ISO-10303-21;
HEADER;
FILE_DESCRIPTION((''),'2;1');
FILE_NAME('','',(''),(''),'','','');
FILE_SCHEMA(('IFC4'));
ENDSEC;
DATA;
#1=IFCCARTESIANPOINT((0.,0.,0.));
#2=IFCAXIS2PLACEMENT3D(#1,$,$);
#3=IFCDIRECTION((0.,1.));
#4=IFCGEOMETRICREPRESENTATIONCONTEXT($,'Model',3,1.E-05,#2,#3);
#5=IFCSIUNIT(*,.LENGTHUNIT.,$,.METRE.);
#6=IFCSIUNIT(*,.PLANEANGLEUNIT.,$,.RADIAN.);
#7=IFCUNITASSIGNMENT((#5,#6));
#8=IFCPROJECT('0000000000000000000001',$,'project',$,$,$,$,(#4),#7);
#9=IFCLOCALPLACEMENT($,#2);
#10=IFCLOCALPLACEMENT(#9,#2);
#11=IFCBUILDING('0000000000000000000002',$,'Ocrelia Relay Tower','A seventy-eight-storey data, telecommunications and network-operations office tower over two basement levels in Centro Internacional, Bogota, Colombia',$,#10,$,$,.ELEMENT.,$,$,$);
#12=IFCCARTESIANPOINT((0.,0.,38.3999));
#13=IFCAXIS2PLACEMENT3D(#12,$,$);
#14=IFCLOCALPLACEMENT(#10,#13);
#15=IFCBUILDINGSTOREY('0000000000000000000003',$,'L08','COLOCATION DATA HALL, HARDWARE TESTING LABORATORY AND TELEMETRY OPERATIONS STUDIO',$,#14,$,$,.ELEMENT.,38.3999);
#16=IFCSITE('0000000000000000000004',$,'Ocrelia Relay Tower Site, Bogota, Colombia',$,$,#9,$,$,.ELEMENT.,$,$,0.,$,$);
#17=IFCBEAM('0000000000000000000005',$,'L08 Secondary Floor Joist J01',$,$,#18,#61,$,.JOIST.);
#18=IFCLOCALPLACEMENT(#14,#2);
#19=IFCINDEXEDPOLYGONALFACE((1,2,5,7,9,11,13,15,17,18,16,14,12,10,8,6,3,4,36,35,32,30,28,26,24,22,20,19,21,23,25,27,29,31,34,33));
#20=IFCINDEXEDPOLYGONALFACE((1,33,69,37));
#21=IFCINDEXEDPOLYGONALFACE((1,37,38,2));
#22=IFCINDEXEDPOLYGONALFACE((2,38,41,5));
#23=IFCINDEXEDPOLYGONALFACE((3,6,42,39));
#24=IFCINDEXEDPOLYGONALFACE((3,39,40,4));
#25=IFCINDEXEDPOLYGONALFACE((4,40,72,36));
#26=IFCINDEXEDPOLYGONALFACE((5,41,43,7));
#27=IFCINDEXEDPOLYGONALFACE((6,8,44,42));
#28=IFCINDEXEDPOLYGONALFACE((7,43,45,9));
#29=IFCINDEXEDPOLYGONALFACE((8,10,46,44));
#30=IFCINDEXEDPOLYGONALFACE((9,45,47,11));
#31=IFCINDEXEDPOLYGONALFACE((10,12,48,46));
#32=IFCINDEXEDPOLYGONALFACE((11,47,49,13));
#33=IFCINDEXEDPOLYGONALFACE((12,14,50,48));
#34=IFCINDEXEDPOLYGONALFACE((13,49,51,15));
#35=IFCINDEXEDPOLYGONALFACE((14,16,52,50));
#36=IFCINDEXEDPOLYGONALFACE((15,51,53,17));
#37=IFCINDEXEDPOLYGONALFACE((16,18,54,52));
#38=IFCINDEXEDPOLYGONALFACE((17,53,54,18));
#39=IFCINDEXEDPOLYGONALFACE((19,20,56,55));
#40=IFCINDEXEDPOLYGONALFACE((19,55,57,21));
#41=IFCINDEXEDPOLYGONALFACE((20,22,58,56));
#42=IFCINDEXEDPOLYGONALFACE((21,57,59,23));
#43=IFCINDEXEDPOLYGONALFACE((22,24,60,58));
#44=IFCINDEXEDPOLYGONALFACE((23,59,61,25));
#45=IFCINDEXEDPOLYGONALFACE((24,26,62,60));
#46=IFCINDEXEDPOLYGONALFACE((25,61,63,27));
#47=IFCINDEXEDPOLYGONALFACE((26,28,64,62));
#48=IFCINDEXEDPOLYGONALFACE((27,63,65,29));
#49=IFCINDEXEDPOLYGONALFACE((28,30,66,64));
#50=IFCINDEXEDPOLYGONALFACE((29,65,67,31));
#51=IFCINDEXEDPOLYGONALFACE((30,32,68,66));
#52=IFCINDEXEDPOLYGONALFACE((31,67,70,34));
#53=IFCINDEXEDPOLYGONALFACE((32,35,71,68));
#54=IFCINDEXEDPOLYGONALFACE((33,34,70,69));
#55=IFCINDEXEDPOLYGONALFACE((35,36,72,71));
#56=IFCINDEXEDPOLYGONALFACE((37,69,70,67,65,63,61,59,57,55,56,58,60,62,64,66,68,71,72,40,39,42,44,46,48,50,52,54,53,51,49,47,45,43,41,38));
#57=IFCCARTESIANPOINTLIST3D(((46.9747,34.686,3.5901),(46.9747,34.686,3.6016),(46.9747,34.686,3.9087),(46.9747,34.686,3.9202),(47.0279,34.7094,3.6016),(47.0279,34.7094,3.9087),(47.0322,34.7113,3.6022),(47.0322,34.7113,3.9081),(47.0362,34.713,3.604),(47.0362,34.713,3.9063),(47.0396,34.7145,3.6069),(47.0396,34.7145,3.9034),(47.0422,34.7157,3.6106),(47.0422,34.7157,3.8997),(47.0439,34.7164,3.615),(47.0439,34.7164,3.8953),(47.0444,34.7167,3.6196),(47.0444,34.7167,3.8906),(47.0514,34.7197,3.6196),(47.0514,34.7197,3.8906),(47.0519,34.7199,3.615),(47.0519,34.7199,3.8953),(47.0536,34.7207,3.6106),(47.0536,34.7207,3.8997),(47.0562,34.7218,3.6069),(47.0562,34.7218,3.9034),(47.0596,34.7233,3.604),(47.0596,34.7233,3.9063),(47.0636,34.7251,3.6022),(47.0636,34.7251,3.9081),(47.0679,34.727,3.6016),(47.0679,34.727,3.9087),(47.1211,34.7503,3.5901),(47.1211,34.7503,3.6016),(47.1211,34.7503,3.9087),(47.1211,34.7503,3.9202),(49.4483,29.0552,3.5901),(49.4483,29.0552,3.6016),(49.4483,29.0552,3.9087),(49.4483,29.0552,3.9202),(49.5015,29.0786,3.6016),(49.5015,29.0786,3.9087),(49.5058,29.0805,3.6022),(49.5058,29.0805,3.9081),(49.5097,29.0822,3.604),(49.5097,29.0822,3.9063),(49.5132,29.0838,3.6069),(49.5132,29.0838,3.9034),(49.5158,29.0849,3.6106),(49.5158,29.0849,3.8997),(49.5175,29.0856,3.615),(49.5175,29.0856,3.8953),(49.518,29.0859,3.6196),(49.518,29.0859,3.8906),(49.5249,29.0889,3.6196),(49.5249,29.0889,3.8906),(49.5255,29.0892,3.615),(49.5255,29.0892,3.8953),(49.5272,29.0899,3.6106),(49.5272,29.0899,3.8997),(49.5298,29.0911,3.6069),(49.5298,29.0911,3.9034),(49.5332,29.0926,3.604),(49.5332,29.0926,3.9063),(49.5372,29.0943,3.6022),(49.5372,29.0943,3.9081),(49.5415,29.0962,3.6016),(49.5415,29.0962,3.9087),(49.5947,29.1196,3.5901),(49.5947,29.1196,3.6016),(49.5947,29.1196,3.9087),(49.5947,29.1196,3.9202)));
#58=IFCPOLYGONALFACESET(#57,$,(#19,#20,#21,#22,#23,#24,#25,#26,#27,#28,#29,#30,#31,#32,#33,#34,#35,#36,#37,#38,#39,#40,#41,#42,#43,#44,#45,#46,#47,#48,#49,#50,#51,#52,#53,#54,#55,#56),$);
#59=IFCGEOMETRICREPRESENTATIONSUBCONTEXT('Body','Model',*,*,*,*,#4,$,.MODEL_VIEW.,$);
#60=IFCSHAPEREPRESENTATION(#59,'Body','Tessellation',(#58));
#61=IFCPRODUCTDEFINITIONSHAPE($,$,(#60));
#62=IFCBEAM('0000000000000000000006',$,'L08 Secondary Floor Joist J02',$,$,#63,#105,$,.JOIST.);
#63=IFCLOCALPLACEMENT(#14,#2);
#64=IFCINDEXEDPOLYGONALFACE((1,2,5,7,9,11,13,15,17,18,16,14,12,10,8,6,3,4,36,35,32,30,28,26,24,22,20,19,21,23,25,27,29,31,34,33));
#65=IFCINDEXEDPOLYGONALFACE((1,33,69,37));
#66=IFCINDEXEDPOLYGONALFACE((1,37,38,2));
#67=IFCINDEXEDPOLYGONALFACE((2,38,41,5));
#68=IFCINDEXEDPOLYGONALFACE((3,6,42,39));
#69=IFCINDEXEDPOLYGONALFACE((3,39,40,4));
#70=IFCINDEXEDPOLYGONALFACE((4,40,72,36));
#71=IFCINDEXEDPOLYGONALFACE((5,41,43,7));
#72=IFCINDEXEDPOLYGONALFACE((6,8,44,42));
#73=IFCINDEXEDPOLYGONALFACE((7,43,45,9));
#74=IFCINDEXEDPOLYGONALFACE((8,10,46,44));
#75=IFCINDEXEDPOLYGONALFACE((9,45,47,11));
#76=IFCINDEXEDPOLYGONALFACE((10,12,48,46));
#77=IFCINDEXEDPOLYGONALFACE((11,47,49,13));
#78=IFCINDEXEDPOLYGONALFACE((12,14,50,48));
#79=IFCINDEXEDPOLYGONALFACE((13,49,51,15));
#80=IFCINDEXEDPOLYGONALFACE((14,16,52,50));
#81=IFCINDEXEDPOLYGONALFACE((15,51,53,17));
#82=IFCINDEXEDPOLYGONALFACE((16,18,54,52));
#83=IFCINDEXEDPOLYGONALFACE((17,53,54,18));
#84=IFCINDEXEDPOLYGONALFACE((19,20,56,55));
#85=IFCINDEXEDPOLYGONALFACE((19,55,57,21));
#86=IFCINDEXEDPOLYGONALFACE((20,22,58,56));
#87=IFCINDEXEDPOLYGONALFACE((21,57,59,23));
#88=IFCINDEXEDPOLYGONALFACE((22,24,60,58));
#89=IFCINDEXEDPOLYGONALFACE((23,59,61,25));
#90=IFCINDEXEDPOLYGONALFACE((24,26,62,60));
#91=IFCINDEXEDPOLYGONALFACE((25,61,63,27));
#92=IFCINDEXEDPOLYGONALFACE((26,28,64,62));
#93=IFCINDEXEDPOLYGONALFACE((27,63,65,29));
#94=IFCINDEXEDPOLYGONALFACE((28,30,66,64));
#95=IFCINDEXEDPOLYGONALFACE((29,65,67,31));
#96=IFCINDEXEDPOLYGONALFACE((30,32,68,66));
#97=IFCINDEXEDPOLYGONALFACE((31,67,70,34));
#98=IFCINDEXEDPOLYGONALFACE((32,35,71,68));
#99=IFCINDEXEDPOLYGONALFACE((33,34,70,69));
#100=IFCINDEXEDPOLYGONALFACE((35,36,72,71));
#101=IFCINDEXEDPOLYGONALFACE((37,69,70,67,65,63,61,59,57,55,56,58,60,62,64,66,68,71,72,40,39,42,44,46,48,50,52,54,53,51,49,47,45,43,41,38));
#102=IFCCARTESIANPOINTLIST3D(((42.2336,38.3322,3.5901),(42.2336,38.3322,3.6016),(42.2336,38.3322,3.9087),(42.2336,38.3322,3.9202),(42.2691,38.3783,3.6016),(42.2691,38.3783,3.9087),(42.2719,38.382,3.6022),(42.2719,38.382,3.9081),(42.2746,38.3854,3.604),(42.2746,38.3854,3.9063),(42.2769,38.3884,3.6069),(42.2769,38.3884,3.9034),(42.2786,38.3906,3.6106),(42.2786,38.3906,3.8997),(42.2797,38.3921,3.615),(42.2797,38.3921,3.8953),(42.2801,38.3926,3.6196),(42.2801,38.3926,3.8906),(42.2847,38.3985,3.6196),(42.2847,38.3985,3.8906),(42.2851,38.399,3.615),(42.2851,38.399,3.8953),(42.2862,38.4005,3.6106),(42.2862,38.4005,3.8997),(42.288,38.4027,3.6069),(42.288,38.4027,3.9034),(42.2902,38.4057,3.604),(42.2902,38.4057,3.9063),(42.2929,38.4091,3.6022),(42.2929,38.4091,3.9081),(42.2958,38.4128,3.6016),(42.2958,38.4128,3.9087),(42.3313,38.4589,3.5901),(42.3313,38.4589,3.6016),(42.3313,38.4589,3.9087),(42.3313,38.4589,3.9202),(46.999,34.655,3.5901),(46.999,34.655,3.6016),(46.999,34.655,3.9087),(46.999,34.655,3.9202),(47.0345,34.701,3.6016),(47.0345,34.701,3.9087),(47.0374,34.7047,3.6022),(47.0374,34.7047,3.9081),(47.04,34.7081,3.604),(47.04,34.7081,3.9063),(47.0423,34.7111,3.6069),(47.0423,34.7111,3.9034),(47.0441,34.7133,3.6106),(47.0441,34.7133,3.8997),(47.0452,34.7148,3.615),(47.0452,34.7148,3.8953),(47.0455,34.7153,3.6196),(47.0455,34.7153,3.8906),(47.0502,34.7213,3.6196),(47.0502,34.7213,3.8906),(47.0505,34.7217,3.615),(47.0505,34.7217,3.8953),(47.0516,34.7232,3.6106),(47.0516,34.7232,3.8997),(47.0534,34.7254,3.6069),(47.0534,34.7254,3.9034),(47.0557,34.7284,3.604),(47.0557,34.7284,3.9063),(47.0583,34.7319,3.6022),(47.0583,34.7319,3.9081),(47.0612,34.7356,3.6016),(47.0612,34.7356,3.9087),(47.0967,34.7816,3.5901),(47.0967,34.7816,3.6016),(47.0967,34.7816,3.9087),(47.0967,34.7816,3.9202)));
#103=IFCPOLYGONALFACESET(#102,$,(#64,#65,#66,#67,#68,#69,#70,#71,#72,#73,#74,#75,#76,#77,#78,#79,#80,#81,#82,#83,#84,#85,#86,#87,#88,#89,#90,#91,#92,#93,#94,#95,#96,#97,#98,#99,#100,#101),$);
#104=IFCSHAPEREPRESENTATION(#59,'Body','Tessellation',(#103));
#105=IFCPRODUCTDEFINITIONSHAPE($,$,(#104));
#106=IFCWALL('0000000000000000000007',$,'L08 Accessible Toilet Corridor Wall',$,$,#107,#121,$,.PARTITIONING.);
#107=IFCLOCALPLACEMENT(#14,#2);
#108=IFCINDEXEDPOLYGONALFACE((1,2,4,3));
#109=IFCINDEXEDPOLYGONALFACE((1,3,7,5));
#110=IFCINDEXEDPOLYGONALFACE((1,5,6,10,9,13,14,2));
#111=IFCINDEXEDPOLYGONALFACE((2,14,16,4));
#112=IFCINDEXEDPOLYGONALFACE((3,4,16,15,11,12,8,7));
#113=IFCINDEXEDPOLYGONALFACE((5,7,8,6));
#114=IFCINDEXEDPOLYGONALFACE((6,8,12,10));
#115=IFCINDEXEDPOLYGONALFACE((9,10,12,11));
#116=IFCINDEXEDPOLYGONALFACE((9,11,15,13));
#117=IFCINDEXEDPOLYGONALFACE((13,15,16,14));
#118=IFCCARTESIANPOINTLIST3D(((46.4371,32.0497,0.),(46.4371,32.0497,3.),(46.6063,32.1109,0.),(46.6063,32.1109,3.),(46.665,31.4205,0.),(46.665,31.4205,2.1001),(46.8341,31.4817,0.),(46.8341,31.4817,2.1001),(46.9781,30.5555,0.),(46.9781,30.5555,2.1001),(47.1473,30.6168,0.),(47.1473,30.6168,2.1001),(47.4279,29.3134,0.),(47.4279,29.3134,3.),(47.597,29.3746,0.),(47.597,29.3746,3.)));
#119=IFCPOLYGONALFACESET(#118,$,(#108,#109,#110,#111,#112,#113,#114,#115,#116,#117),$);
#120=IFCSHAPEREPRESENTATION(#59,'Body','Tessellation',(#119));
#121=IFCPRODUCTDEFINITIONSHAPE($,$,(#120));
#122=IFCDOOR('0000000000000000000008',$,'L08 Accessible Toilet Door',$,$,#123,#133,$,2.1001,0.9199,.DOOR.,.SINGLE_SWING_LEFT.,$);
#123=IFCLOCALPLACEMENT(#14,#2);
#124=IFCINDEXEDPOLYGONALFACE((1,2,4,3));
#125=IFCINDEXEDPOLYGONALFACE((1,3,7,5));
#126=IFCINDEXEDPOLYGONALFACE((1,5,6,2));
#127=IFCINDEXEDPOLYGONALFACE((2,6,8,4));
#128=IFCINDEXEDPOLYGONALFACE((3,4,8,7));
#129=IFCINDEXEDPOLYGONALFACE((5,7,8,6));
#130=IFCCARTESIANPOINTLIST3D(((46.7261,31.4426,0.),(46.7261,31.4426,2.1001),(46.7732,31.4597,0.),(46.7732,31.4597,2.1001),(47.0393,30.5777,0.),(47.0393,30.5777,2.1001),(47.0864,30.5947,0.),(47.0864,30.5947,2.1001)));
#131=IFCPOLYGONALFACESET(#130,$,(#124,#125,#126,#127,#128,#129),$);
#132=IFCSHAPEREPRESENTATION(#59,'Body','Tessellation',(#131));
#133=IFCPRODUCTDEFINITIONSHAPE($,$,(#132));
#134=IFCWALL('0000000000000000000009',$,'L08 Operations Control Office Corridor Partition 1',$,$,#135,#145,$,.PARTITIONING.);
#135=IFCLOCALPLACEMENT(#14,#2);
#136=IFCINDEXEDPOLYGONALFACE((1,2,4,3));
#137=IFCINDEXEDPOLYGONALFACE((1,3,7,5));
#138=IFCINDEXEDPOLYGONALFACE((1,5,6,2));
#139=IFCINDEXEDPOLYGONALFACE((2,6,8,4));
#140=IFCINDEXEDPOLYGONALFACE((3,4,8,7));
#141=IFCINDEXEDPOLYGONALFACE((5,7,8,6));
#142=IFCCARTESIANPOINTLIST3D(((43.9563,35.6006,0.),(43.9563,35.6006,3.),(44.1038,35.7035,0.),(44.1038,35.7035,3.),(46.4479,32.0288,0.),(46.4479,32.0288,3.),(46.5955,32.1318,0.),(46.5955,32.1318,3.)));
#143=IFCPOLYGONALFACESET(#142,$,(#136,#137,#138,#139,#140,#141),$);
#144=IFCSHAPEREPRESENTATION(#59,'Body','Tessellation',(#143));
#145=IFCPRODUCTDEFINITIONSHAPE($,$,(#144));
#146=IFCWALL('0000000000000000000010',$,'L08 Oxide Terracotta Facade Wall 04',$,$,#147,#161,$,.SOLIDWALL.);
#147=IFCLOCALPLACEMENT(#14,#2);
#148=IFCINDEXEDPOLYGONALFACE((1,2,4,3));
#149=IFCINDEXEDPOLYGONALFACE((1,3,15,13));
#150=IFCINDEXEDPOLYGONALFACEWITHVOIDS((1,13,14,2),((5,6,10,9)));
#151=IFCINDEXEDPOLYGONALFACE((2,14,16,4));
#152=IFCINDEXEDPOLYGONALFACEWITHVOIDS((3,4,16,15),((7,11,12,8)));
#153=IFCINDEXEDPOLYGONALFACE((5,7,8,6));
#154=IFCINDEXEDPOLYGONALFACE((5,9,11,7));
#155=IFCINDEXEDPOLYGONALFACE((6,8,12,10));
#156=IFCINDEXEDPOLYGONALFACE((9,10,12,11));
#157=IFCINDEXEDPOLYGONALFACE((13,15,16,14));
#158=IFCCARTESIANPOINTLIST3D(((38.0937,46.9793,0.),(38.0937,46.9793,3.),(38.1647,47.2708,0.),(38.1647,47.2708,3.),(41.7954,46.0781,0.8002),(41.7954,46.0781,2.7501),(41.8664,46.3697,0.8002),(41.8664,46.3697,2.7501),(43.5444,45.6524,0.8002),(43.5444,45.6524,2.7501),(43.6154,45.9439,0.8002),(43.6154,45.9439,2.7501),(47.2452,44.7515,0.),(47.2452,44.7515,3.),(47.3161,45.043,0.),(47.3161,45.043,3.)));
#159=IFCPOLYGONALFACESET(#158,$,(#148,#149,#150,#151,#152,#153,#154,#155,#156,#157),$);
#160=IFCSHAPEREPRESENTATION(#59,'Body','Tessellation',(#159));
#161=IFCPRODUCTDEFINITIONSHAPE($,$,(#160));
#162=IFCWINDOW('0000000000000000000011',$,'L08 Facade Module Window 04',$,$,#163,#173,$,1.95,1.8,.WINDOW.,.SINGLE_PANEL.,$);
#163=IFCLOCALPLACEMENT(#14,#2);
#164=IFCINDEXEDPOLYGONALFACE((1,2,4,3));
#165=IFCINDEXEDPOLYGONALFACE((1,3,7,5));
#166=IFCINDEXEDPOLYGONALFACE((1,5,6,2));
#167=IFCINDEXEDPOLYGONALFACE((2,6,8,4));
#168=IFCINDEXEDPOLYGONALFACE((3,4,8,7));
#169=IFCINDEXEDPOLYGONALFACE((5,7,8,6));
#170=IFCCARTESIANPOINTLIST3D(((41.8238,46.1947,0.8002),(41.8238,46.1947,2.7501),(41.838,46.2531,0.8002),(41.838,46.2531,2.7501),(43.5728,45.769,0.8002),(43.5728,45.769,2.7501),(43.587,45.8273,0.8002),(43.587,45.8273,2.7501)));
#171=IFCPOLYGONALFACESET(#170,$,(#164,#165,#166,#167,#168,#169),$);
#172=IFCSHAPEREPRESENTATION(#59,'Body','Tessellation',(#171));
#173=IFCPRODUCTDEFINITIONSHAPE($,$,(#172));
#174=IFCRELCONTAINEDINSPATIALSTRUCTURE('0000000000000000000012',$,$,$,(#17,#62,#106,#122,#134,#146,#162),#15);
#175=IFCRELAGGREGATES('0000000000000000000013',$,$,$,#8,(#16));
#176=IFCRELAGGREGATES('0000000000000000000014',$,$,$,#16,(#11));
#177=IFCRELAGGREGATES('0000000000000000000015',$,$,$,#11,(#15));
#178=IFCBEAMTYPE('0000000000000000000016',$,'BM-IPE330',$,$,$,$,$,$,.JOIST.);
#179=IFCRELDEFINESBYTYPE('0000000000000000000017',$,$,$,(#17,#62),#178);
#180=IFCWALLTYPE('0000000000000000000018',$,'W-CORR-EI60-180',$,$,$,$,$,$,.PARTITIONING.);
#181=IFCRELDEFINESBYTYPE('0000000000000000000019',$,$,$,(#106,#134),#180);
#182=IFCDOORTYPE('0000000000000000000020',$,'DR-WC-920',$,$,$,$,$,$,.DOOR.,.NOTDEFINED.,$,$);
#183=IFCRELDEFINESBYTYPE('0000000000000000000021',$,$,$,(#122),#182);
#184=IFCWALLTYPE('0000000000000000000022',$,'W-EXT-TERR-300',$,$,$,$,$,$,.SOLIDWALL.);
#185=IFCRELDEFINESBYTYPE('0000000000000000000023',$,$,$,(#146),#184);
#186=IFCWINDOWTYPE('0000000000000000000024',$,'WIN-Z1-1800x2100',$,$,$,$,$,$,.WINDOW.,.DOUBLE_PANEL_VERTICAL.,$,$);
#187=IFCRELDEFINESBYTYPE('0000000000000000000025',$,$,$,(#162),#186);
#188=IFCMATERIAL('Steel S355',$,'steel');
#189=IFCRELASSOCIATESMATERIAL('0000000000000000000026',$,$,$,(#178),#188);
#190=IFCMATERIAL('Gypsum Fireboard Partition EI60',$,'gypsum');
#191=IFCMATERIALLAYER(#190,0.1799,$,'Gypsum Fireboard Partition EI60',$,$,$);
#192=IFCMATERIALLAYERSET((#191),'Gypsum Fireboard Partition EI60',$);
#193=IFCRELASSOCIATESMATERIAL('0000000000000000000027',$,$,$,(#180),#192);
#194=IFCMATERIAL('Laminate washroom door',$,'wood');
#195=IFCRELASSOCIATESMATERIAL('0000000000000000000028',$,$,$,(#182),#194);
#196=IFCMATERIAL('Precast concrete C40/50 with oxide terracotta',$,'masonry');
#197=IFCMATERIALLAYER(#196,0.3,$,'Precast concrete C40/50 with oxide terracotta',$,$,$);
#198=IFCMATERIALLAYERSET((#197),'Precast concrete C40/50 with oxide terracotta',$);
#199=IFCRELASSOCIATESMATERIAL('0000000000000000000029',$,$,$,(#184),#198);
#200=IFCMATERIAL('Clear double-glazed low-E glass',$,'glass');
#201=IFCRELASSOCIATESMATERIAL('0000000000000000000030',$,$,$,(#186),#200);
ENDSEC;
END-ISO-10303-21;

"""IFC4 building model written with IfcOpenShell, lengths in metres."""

from ifc_helpers import new_model, si_unit, direction, frame, frame_2d, origin, origin_2d, place, context, subcontext, project, spatial, rectangle, i_section, extrude, material, layer, layer_set, material_profile, profile_set, type_object, element, fill, save


model = new_model("IFC4")

# Units and contexts
model_context = context("Model", 3, precision=1e-05, world=origin(), true_north=direction((0.0, 1.0)))
body_context = subcontext(model_context, "Body", "Model", "MODEL_VIEW")
ifc_project = project(units=[si_unit("LENGTHUNIT", "METRE"), si_unit("PLANEANGLEUNIT", "RADIAN")], contexts=[model_context])

# Site, building, storey
site_placement = place(None, origin())
site = spatial("IfcSite", under=ifc_project, at=site_placement, Name="Ocrelia Relay Tower Site, Bogota, Colombia", CompositionType="ELEMENT", RefElevation=0.0)
building_placement = place(site_placement, origin())
building = spatial("IfcBuilding", under=site, at=building_placement, Name="Ocrelia Relay Tower", Description="A seventy-eight-storey data, telecommunications and network-operations office tower over two basement levels in Centro Internacional, Bogota, Colombia", CompositionType="ELEMENT")
storey_placement = place(building_placement, frame((0.0, 0.0, 38.3999)))
storey = spatial("IfcBuildingStorey", under=building, at=storey_placement, Name="L08", Description="COLOCATION DATA HALL, HARDWARE TESTING LABORATORY AND TELEMETRY OPERATIONS STUDIO", CompositionType="ELEMENT", Elevation=38.3999)

# Beams
ifc_material_1 = material(Name="Steel S355", Category="steel")
ifc_material_profile_1 = material_profile(ifc_material_1, i_section(OverallWidth=0.1599, OverallDepth=0.3301, WebThickness=0.0076, FlangeThickness=0.0115, FilletRadius=0.0181, at=origin_2d()), Name="IPE 330")
ifc_profile_set_1 = profile_set([ifc_material_profile_1], Name="Steel S355")
beam_type_1 = type_object("IfcBeamType", Name="BM-IPE330", PredefinedType="JOIST", material=ifc_profile_set_1)
beam_1_placement = place(storey_placement, frame((49.5215, 29.0874, 3.7551), z_axis=(-0.402201, 0.915551, 0.0), x_axis=(-0.915551, -0.402201, 0.0)))
element("IfcBeam", 1, at=beam_1_placement, inside=storey, type_object=beam_type_1, Name="L08 Secondary Floor Joist J01", PredefinedType="JOIST", context=body_context, shape_type="SweptSolid", body=[
    extrude(i_section(OverallWidth=0.1599, OverallDepth=0.3301, WebThickness=0.0076, FlangeThickness=0.0115, FilletRadius=0.0181, at=origin_2d()), origin(), (0.0, 0.0, 1.0), 6.1501),
])
beam_2_placement = place(storey_placement, frame((47.0479, 34.7183, 3.7551), z_axis=(-0.791694, 0.610918, 0.0), x_axis=(-0.610918, -0.791694, 0.0)))
element("IfcBeam", 2, at=beam_2_placement, inside=storey, type_object=beam_type_1, Name="L08 Secondary Floor Joist J02", PredefinedType="JOIST", context=body_context, shape_type="SweptSolid", body=[
    extrude(i_section(OverallWidth=0.1599, OverallDepth=0.3301, WebThickness=0.0076, FlangeThickness=0.0115, FilletRadius=0.0181, at=origin_2d()), origin(), (0.0, 0.0, 1.0), 6.0193),
])

# Wall, opening, door
ifc_material_2 = material(Name="Gypsum Fireboard Partition EI60", Category="gypsum")
ifc_layer_1 = layer(ifc_material_2, 0.1799, Name="Gypsum Fireboard Partition EI60")
ifc_layer_set_1 = layer_set([ifc_layer_1], Name="Gypsum Fireboard Partition EI60")
wall_type_1 = type_object("IfcWallType", Name="W-CORR-EI60-180", PredefinedType="PARTITIONING", material=ifc_layer_set_1)
wall_1_placement = place(storey_placement, frame((47.5125, 29.344, 0.0), z_axis=(0.0, 0.0, 1.0), x_axis=(-0.340436, 0.940268, 0.0)))
wall_1 = element("IfcWall", 3, at=wall_1_placement, inside=storey, type_object=wall_type_1, Name="L08 Accessible Toilet Corridor Wall", PredefinedType="PARTITIONING", context=body_context, shape_type="SweptSolid", body=[
    extrude(rectangle(XDim=2.9102, YDim=0.1799, at=frame_2d((1.4551, 0.0))), origin(), (0.0, 0.0, 1.0), 3.0),
])
opening_1_placement = place(wall_1_placement, frame((1.321, 0.0, 0.0)))
opening_1 = element("IfcOpeningElement", 4, at=opening_1_placement, cuts=wall_1, PredefinedType="OPENING", context=body_context, shape_type="SweptSolid", body=[
    extrude(rectangle(XDim=0.9199, YDim=2.1001, at=frame_2d((0.46, 1.05))), frame((0.0, 0.1001, 0.0), z_axis=(0.0, -1.0, 0.0), x_axis=(1.0, 0.0, 0.0)), (0.0, 0.0, 1.0), 0.2),
])
ifc_material_3 = material(Name="Laminate washroom door", Category="wood")
door_type_1 = type_object("IfcDoorType", Name="DR-WC-920", OperationType="NOTDEFINED", PredefinedType="DOOR", material=ifc_material_3)
door_1_placement = place(opening_1_placement, origin())
door_1 = element("IfcDoor", 5, at=door_1_placement, inside=storey, type_object=door_type_1, Name="L08 Accessible Toilet Door", OperationType="SINGLE_SWING_LEFT", OverallHeight=2.1001, OverallWidth=0.9199, PredefinedType="DOOR", context=body_context, shape_type="SweptSolid", body=[
    extrude(rectangle(XDim=0.9199, YDim=2.1001, at=frame_2d((0.46, 1.05))), frame((0.0, 0.0249, 0.0), z_axis=(0.0, -1.0, 0.0), x_axis=(1.0, 0.0, 0.0)), (0.0, 0.0, 1.0), 0.05),
])
fill(opening_1, door_1)

# Wall
wall_2_placement = place(storey_placement, frame((46.5217, 32.0803, 0.0), z_axis=(0.0, 0.0, 1.0), x_axis=(-0.572145, 0.820153, 0.0)))
element("IfcWall", 6, at=wall_2_placement, inside=storey, type_object=wall_type_1, Name="L08 Operations Control Office Corridor Partition 1", PredefinedType="PARTITIONING", context=body_context, shape_type="SweptSolid", body=[
    extrude(rectangle(XDim=4.355, YDim=0.1799, at=frame_2d((2.1775, 0.0))), origin(), (0.0, 0.0, 1.0), 3.0),
])

# Wall, opening, window
ifc_material_4 = material(Name="Precast concrete C40/50 with oxide terracotta", Category="masonry")
ifc_layer_2 = layer(ifc_material_4, 0.3, Name="Precast concrete C40/50 with oxide terracotta")
ifc_layer_set_2 = layer_set([ifc_layer_2], Name="Precast concrete C40/50 with oxide terracotta")
wall_type_2 = type_object("IfcWallType", Name="W-EXT-TERR-300", PredefinedType="SOLIDWALL", material=ifc_layer_set_2)
wall_3_placement = place(storey_placement, frame((47.2808, 44.8972, 0.0), z_axis=(0.0, 0.0, 1.0), x_axis=(-0.971624, 0.23653, 0.0)))
wall_3 = element("IfcWall", 7, at=wall_3_placement, inside=storey, type_object=wall_type_2, Name="L08 Oxide Terracotta Facade Wall 04", PredefinedType="SOLIDWALL", context=body_context, shape_type="SweptSolid", body=[
    extrude(rectangle(XDim=9.4187, YDim=0.3, at=frame_2d((4.7095, 0.0))), origin(), (0.0, 0.0, 1.0), 3.0),
])
opening_2_placement = place(wall_3_placement, frame((3.8091, 0.0, 0.8)))
opening_2 = element("IfcOpeningElement", 8, at=opening_2_placement, cuts=wall_3, PredefinedType="OPENING", context=body_context, shape_type="SweptSolid", body=[
    extrude(rectangle(XDim=1.8, YDim=1.95, at=frame_2d((0.8999, 0.9751))), frame((0.0, 0.1602, 0.0), z_axis=(0.0, -1.0, 0.0), x_axis=(1.0, 0.0, 0.0)), (0.0, 0.0, 1.0), 0.3201),
])
ifc_material_5 = material(Name="Clear double-glazed low-E glass", Category="glass")
window_type = type_object("IfcWindowType", Name="WIN-Z1-1800x2100", PartitioningType="DOUBLE_PANEL_VERTICAL", PredefinedType="WINDOW", material=ifc_material_5)
window_placement = place(opening_2_placement, origin())
window = element("IfcWindow", 9, at=window_placement, inside=storey, type_object=window_type, Name="L08 Facade Module Window 04", OverallHeight=1.95, OverallWidth=1.8, PartitioningType="SINGLE_PANEL", PredefinedType="WINDOW", context=body_context, shape_type="SweptSolid", body=[
    extrude(rectangle(XDim=1.8, YDim=1.95, at=frame_2d((0.8999, 0.9751))), frame((0.0, 0.03, 0.0), z_axis=(0.0, -1.0, 0.0), x_axis=(1.0, 0.0, 0.0)), (0.0, 0.0, 1.0), 0.0601),
])
fill(opening_2, window)

save(model, "model.ifc")
